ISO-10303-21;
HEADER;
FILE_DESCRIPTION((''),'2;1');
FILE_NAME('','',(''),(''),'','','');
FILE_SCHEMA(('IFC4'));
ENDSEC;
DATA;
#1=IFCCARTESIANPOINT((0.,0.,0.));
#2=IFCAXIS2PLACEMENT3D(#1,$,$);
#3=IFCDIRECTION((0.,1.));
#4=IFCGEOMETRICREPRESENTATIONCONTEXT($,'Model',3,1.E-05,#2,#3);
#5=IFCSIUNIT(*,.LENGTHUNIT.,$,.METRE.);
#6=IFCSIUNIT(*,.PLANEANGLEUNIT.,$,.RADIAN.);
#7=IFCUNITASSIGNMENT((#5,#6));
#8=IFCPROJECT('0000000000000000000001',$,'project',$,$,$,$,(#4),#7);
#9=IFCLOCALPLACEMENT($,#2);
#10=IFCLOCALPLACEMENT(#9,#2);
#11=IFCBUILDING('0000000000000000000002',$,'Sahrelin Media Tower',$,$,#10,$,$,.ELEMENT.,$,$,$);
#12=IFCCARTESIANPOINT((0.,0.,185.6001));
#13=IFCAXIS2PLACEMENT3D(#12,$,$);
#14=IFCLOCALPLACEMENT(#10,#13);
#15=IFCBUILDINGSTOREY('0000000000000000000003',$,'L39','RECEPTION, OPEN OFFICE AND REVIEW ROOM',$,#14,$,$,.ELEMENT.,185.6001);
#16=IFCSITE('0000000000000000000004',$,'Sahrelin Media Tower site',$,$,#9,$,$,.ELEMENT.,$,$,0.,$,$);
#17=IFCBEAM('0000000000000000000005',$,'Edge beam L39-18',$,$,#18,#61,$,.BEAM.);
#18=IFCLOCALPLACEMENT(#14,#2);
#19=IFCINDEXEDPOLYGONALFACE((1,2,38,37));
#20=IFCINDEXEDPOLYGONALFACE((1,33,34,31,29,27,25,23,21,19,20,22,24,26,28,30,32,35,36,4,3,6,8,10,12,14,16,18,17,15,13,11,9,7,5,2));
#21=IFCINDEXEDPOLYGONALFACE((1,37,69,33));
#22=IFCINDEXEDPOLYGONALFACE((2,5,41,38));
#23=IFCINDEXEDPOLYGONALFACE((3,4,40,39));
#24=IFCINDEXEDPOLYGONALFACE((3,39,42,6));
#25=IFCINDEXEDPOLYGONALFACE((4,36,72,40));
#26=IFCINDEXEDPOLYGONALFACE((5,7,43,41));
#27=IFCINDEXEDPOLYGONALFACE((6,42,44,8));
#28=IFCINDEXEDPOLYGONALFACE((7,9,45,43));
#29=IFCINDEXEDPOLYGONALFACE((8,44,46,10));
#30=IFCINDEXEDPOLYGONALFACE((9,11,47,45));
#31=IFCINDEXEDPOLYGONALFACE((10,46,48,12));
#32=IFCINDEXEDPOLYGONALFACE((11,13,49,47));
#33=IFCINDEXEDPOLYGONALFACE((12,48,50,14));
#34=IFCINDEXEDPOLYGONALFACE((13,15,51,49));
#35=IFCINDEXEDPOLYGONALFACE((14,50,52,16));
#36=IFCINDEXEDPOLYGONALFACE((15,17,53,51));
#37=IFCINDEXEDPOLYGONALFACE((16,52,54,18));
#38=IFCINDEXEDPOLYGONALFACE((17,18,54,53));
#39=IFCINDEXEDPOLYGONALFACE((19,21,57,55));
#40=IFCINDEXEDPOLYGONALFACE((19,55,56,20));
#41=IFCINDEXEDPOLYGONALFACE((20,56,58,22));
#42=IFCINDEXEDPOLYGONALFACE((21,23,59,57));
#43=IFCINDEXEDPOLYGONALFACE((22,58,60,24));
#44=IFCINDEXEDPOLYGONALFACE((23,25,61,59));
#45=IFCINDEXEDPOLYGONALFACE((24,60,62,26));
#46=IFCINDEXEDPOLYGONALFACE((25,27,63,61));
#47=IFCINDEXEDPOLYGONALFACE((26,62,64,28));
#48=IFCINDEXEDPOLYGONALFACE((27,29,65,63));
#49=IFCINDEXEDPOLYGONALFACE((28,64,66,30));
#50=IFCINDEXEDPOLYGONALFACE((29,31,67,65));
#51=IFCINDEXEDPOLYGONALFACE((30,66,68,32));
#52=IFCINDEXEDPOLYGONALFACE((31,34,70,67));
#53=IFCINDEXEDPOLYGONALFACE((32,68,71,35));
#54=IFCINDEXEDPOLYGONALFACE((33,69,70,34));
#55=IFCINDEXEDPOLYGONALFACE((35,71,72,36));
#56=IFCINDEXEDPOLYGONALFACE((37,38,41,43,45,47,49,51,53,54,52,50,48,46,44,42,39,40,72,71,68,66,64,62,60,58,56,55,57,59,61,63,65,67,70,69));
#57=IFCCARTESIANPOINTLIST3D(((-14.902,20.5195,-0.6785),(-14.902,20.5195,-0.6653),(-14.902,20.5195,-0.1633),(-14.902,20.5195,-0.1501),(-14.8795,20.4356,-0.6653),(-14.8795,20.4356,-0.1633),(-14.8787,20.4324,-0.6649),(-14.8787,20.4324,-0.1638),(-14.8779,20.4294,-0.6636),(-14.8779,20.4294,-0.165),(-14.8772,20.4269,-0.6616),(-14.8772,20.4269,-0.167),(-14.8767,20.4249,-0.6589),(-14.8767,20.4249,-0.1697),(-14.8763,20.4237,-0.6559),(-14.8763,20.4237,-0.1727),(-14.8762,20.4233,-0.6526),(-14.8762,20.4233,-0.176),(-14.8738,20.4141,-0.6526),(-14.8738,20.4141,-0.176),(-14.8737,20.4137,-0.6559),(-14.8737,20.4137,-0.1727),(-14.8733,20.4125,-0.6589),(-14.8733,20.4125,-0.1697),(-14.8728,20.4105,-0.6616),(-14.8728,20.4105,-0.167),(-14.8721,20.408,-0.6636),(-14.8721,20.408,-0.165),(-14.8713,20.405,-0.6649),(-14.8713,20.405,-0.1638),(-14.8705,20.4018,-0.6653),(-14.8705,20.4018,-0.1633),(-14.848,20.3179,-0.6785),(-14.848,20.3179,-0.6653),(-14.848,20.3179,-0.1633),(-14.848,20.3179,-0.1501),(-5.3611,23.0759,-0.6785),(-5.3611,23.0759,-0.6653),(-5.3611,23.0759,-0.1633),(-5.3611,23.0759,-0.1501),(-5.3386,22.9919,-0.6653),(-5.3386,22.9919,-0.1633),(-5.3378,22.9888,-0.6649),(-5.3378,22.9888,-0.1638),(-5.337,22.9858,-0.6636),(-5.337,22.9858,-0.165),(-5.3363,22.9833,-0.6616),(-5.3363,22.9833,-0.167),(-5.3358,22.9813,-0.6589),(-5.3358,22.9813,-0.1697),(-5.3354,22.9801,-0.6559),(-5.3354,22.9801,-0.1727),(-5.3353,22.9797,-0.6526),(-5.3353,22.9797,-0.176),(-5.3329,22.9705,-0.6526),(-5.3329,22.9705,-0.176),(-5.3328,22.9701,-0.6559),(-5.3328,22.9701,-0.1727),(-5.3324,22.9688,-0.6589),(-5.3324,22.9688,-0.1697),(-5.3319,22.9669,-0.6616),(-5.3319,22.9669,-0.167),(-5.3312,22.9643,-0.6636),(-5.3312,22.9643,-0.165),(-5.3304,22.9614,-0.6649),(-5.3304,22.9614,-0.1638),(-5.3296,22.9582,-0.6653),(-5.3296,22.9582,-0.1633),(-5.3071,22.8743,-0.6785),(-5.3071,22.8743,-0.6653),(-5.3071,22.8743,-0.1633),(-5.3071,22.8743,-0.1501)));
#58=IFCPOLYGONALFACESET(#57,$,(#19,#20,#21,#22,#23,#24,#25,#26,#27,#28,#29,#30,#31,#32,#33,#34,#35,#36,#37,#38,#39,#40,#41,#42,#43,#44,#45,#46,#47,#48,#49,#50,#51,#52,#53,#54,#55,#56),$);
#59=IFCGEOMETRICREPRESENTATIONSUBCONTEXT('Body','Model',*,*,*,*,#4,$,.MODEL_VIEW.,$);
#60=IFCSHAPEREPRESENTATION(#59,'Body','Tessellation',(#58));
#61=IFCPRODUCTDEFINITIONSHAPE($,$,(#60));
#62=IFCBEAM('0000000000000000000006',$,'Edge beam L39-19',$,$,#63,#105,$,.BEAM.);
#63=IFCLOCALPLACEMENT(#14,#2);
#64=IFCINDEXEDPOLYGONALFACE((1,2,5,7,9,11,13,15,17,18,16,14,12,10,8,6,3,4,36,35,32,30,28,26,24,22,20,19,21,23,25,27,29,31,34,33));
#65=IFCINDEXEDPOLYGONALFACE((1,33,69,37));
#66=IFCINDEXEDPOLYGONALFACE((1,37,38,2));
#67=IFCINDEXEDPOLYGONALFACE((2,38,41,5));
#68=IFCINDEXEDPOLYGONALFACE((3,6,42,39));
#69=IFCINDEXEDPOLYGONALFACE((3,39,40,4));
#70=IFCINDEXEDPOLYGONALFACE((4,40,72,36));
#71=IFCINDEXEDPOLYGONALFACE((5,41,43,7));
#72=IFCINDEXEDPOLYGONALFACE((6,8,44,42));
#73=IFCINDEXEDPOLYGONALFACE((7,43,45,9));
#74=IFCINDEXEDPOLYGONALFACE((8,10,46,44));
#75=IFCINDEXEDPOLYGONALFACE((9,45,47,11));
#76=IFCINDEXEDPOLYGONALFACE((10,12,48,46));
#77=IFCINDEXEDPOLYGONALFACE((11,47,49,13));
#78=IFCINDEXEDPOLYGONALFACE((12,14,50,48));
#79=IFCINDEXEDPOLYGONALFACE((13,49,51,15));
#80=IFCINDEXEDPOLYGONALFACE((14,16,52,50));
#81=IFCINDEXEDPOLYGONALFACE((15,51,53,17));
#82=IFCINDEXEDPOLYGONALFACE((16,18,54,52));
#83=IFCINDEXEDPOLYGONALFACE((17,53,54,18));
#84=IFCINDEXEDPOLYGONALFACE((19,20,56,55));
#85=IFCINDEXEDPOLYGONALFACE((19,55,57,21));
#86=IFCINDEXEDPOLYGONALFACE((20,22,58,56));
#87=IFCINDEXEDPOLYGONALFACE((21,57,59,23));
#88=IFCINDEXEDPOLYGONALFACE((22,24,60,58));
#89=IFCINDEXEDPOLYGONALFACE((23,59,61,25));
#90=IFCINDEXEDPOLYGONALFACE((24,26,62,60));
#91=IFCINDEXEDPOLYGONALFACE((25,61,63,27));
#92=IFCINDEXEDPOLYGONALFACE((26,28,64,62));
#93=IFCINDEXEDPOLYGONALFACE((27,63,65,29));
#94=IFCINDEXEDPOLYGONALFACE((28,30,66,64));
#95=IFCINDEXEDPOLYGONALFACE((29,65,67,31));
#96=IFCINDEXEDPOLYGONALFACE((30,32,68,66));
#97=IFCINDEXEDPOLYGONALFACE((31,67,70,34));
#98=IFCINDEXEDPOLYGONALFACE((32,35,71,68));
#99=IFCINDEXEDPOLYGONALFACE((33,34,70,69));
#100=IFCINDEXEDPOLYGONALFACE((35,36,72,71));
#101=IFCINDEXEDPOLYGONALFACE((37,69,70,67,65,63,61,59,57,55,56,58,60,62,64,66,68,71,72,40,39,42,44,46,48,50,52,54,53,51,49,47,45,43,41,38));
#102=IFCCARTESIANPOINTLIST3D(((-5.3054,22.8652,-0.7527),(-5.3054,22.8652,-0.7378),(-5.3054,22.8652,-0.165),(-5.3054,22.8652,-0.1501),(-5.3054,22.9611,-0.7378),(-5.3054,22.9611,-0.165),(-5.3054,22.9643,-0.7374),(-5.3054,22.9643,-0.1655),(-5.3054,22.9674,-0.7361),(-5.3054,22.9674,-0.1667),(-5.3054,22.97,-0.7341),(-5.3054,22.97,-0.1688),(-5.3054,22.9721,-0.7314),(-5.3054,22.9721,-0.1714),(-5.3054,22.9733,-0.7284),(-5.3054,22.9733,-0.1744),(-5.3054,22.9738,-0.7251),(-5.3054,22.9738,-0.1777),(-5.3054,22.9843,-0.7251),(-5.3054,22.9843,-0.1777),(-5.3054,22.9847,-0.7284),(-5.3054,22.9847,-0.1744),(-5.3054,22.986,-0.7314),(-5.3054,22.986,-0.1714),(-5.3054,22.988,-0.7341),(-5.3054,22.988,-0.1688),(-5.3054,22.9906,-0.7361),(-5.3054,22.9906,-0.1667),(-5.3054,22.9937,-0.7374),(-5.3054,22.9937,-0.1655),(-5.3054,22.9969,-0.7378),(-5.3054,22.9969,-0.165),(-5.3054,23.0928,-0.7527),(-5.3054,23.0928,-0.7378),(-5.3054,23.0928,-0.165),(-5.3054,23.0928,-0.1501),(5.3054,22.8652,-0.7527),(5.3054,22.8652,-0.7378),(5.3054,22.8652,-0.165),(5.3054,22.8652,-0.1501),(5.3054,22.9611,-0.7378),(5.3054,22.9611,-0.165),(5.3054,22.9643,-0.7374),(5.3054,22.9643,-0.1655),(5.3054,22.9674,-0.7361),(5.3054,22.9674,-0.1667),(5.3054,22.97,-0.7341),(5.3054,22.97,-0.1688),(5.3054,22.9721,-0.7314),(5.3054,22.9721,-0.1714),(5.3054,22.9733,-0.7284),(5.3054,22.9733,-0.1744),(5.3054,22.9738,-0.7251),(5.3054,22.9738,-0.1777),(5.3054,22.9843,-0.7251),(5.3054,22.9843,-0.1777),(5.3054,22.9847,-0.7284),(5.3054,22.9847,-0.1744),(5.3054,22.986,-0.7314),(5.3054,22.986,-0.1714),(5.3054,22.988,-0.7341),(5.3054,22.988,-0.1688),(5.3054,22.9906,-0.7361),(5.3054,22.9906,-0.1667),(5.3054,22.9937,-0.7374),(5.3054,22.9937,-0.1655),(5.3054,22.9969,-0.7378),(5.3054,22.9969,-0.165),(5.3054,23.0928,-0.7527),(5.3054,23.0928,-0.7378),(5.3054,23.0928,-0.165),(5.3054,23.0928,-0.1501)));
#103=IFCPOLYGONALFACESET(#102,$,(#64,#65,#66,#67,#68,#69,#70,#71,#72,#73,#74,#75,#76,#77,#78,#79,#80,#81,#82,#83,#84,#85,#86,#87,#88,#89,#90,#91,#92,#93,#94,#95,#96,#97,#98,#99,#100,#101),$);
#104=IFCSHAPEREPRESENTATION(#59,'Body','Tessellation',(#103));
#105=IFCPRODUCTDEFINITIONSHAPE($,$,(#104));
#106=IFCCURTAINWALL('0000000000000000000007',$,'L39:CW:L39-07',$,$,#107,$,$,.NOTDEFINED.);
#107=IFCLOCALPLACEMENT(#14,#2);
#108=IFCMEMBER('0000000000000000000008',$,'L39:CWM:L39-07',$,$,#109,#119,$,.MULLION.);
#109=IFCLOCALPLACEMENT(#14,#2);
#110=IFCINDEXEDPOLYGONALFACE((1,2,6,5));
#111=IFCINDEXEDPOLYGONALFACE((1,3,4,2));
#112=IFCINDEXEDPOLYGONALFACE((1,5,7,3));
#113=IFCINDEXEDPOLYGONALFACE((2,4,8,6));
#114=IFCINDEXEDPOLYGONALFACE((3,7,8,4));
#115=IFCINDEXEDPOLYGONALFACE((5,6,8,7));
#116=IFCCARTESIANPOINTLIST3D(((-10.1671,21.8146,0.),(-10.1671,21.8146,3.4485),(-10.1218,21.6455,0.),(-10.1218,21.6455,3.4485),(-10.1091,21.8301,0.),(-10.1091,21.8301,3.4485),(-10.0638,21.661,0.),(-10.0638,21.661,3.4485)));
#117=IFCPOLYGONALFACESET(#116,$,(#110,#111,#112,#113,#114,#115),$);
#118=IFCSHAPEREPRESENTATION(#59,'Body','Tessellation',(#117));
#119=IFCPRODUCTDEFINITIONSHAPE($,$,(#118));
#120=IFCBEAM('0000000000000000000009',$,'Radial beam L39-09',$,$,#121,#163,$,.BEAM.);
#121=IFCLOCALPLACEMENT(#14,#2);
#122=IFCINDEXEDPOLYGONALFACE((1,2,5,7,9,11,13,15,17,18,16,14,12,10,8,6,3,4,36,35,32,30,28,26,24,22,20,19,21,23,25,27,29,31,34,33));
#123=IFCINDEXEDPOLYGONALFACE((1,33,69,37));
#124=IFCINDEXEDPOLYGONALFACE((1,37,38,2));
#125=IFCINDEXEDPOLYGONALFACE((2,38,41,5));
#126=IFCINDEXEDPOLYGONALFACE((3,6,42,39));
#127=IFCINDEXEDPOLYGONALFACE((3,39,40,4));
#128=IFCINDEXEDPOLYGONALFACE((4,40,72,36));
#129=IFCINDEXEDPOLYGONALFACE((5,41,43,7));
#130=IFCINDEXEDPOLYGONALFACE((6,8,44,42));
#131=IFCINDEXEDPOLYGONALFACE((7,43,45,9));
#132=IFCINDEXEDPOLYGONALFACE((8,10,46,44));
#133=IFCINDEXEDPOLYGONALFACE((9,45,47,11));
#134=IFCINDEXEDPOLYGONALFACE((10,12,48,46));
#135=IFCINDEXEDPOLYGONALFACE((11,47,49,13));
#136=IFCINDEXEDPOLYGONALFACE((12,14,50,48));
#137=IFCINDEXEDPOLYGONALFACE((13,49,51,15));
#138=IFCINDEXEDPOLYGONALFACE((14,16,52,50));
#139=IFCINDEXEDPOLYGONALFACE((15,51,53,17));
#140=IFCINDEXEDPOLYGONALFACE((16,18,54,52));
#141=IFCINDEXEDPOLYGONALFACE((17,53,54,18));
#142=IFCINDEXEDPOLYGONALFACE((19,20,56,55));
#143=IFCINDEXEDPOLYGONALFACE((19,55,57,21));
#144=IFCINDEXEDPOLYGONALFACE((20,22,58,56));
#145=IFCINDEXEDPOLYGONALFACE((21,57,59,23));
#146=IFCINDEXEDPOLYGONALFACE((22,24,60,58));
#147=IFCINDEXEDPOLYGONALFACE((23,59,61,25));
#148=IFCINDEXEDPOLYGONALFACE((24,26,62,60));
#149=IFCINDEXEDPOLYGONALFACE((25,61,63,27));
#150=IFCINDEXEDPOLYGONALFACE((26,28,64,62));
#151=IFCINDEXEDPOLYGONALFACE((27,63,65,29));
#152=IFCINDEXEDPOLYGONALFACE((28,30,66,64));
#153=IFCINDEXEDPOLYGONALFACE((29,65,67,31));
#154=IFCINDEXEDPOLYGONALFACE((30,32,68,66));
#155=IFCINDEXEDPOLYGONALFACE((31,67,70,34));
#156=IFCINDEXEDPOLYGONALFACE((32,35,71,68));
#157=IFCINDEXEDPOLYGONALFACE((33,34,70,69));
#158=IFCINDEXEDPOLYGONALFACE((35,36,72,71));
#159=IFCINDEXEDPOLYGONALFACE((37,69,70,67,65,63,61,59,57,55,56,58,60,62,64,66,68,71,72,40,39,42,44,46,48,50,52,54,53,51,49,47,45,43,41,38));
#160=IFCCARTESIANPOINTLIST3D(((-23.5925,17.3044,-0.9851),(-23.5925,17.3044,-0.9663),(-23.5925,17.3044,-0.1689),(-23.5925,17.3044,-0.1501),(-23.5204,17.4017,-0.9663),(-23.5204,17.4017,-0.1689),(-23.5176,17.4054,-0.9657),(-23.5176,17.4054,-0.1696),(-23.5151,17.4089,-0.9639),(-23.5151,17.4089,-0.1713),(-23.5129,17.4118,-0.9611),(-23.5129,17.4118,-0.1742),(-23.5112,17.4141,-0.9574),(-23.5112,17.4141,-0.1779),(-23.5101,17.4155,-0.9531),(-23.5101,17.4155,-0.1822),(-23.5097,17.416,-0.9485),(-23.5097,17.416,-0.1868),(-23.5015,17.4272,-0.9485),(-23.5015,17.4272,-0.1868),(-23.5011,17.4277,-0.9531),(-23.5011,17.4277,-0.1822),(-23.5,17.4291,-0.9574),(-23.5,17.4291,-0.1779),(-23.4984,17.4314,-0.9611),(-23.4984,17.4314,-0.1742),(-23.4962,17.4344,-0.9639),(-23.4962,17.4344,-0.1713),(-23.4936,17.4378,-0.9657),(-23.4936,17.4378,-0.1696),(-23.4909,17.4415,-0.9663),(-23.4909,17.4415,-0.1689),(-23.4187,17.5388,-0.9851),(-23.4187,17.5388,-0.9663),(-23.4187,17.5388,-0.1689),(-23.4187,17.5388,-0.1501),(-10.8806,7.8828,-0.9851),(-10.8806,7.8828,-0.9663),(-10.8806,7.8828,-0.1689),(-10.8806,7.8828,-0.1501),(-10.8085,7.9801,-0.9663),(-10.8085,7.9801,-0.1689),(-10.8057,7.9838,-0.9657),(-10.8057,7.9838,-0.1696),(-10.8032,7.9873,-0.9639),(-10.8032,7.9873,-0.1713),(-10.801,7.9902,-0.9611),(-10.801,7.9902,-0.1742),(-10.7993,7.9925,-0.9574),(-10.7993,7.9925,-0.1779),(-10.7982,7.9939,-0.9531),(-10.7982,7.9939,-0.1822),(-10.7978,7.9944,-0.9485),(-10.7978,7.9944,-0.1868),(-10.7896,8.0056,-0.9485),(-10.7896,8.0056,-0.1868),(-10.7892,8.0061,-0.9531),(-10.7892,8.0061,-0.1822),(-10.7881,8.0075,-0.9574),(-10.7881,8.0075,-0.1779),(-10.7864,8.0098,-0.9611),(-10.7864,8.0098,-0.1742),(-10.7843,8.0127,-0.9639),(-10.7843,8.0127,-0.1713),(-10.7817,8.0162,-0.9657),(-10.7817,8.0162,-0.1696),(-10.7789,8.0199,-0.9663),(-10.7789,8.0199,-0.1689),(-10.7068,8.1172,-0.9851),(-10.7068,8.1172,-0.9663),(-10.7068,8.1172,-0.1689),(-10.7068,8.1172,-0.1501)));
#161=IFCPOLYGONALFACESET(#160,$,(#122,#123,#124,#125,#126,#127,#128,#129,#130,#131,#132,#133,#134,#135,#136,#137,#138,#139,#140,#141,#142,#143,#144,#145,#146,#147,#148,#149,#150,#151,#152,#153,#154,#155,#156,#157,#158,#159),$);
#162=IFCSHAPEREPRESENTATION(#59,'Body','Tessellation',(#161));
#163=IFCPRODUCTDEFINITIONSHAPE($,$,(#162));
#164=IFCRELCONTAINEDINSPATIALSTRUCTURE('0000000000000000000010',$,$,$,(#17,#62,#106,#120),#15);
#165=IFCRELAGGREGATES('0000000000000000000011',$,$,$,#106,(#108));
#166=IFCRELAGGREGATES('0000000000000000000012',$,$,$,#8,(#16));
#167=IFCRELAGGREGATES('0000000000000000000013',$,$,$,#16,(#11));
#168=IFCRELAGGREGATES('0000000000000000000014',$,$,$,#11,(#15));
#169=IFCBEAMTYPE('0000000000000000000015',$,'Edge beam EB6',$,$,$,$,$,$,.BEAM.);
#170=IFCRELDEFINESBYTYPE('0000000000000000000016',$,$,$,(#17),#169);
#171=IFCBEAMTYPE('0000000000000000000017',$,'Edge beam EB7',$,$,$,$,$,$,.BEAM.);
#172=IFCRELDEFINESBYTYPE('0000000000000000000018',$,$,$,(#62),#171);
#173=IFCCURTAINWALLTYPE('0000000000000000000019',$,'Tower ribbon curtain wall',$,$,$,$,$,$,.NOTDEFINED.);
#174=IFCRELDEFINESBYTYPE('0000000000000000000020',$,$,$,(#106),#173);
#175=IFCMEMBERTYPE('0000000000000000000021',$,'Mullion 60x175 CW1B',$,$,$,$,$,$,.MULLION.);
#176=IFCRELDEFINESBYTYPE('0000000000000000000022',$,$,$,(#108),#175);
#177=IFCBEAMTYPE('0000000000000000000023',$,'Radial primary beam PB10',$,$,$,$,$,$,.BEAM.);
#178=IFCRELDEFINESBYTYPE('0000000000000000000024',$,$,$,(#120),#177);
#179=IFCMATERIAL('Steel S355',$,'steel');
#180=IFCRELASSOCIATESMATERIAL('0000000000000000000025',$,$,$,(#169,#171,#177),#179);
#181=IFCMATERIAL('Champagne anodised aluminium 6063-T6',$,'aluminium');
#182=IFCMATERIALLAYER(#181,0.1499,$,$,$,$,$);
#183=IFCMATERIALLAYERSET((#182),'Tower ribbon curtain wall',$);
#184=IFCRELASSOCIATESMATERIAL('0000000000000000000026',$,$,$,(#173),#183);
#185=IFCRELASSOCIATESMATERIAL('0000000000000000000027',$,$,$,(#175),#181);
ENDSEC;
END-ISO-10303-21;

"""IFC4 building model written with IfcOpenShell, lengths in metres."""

from ifc_helpers import new_model, si_unit, direction, frame, origin, origin_2d, place, context, subcontext, project, spatial, rectangle, i_section, extrude, material, layer, layer_set, material_profile, profile_set, type_object, element, aggregate, save


model = new_model("IFC4")

# Units and contexts
model_context = context("Model", 3, precision=1e-05, world=origin(), true_north=direction((0.0, 1.0)))
body_context = subcontext(model_context, "Body", "Model", "MODEL_VIEW")
ifc_project = project(units=[si_unit("LENGTHUNIT", "METRE"), si_unit("PLANEANGLEUNIT", "RADIAN")], contexts=[model_context])

# Site, building, storey
site_placement = place(None, origin())
site = spatial("IfcSite", under=ifc_project, at=site_placement, Name="Sahrelin Media Tower site", CompositionType="ELEMENT", RefElevation=0.0)
building_placement = place(site_placement, origin())
building = spatial("IfcBuilding", under=site, at=building_placement, Name="Sahrelin Media Tower", CompositionType="ELEMENT")
storey_placement = place(building_placement, frame((0.0, 0.0, 185.6001)))
storey = spatial("IfcBuildingStorey", under=building, at=storey_placement, Name="L39", Description="RECEPTION, OPEN OFFICE AND REVIEW ROOM", CompositionType="ELEMENT", Elevation=185.6001)

# Beams
ifc_material_1 = material(Name="Steel S355", Category="steel")
ifc_material_profile_1 = material_profile(ifc_material_1, i_section(OverallWidth=0.2087, OverallDepth=0.5283, WebThickness=0.0095, FlangeThickness=0.0132, FilletRadius=0.0127, at=origin_2d()), Name="UB 533x210x82")
ifc_profile_set_1 = profile_set([ifc_material_profile_1], Name="Steel S355")
beam_type_1 = type_object("IfcBeamType", Name="Edge beam EB6", PredefinedType="BEAM", material=ifc_profile_set_1)
beam_1_placement = place(storey_placement, frame((-14.875, 20.4187, -0.4143), z_axis=(0.965929, 0.258809, 0.0), x_axis=(-0.258809, 0.965929, 0.0)))
element("IfcBeam", 1, at=beam_1_placement, inside=storey, type_object=beam_type_1, Name="Edge beam L39-18", PredefinedType="BEAM", context=body_context, shape_type="SweptSolid", body=[
    extrude(i_section(OverallWidth=0.2087, OverallDepth=0.5283, WebThickness=0.0095, FlangeThickness=0.0132, FilletRadius=0.0127, at=origin_2d()), origin(), (0.0, 0.0, 1.0), 9.8774),
])
ifc_material_profile_2 = material_profile(ifc_material_1, i_section(OverallWidth=0.2275, OverallDepth=0.6025, WebThickness=0.0105, FlangeThickness=0.0149, FilletRadius=0.0127, at=origin_2d()), Name="UB 610x229x101")
ifc_profile_set_2 = profile_set([ifc_material_profile_2], Name="Steel S355")
beam_type_2 = type_object("IfcBeamType", Name="Edge beam EB7", PredefinedType="BEAM", material=ifc_profile_set_2)
beam_2_placement = place(storey_placement, frame((-5.3054, 22.979, -0.4514), z_axis=(1.0, 0.0, 0.0), x_axis=(0.0, 1.0, 0.0)))
element("IfcBeam", 2, at=beam_2_placement, inside=storey, type_object=beam_type_2, Name="Edge beam L39-19", PredefinedType="BEAM", context=body_context, shape_type="SweptSolid", body=[
    extrude(i_section(OverallWidth=0.2275, OverallDepth=0.6025, WebThickness=0.0105, FlangeThickness=0.0149, FilletRadius=0.0127, at=origin_2d()), origin(), (0.0, 0.0, 1.0), 10.6108),
])

# Curtain wall, member
ifc_material_2 = material(Name="Champagne anodised aluminium 6063-T6", Category="aluminium")
ifc_layer_1 = layer(ifc_material_2, 0.1499)
ifc_layer_set_1 = layer_set([ifc_layer_1], Name="Tower ribbon curtain wall")
curtain_wall_type = type_object("IfcCurtainWallType", Name="Tower ribbon curtain wall", PredefinedType="NOTDEFINED", material=ifc_layer_set_1)
curtain_wall_1_placement = place(storey_placement, frame((-10.1433, 21.8418, 0.0), z_axis=(0.0, 0.0, 1.0), x_axis=(1.0, 0.0, 0.0)))
curtain_wall_1 = element("IfcCurtainWall", 3, at=curtain_wall_1_placement, inside=storey, type_object=curtain_wall_type, Name="L39:CW:L39-07", PredefinedType="NOTDEFINED")
ifc_material_profile_3 = material_profile(ifc_material_2, rectangle(XDim=0.0601, YDim=0.175, at=origin_2d()), Name="Mullion 60x175")
ifc_profile_set_3 = profile_set([ifc_material_profile_3], Name="Champagne anodised aluminium 6063-T6")
member_type_1 = type_object("IfcMemberType", Name="Mullion 60x175 CW1B", PredefinedType="MULLION", material=ifc_profile_set_3)
member_1_placement = place(storey_placement, frame((-10.1155, 21.7378, 0.0), z_axis=(0.0, 0.0, 1.0), x_axis=(-0.965925, -0.258822, 0.0)))
member_1 = element("IfcMember", 4, at=member_1_placement, type_object=member_type_1, Name="L39:CWM:L39-07", PredefinedType="MULLION", context=body_context, shape_type="SweptSolid", body=[
    extrude(rectangle(XDim=0.0601, YDim=0.175, at=origin_2d()), origin(), (0.0, 0.0, 1.0), 3.4485),
])

# Beam
ifc_material_profile_4 = material_profile(ifc_material_1, i_section(OverallWidth=0.2917, OverallDepth=0.835, WebThickness=0.0139, FlangeThickness=0.0188, FilletRadius=0.0178, at=origin_2d()), Name="UB 838x292x176")
ifc_profile_set_4 = profile_set([ifc_material_profile_4], Name="Steel S355")
beam_type_3 = type_object("IfcBeamType", Name="Radial primary beam PB10", PredefinedType="BEAM", material=ifc_profile_set_4)
beam_3_placement = place(storey_placement, frame((-10.7937, 8.0, -0.5676), z_axis=(-0.803394, 0.595448, 0.0), x_axis=(-0.595448, -0.803394, 0.0)))
element("IfcBeam", 5, at=beam_3_placement, inside=storey, type_object=beam_type_3, Name="Radial beam L39-09", PredefinedType="BEAM", context=body_context, shape_type="SweptSolid", body=[
    extrude(i_section(OverallWidth=0.2917, OverallDepth=0.835, WebThickness=0.0139, FlangeThickness=0.0188, FilletRadius=0.0178, at=origin_2d()), origin(), (0.0, 0.0, 1.0), 15.8228),
])

aggregate(curtain_wall_1, [member_1])

save(model, "model.ifc")
